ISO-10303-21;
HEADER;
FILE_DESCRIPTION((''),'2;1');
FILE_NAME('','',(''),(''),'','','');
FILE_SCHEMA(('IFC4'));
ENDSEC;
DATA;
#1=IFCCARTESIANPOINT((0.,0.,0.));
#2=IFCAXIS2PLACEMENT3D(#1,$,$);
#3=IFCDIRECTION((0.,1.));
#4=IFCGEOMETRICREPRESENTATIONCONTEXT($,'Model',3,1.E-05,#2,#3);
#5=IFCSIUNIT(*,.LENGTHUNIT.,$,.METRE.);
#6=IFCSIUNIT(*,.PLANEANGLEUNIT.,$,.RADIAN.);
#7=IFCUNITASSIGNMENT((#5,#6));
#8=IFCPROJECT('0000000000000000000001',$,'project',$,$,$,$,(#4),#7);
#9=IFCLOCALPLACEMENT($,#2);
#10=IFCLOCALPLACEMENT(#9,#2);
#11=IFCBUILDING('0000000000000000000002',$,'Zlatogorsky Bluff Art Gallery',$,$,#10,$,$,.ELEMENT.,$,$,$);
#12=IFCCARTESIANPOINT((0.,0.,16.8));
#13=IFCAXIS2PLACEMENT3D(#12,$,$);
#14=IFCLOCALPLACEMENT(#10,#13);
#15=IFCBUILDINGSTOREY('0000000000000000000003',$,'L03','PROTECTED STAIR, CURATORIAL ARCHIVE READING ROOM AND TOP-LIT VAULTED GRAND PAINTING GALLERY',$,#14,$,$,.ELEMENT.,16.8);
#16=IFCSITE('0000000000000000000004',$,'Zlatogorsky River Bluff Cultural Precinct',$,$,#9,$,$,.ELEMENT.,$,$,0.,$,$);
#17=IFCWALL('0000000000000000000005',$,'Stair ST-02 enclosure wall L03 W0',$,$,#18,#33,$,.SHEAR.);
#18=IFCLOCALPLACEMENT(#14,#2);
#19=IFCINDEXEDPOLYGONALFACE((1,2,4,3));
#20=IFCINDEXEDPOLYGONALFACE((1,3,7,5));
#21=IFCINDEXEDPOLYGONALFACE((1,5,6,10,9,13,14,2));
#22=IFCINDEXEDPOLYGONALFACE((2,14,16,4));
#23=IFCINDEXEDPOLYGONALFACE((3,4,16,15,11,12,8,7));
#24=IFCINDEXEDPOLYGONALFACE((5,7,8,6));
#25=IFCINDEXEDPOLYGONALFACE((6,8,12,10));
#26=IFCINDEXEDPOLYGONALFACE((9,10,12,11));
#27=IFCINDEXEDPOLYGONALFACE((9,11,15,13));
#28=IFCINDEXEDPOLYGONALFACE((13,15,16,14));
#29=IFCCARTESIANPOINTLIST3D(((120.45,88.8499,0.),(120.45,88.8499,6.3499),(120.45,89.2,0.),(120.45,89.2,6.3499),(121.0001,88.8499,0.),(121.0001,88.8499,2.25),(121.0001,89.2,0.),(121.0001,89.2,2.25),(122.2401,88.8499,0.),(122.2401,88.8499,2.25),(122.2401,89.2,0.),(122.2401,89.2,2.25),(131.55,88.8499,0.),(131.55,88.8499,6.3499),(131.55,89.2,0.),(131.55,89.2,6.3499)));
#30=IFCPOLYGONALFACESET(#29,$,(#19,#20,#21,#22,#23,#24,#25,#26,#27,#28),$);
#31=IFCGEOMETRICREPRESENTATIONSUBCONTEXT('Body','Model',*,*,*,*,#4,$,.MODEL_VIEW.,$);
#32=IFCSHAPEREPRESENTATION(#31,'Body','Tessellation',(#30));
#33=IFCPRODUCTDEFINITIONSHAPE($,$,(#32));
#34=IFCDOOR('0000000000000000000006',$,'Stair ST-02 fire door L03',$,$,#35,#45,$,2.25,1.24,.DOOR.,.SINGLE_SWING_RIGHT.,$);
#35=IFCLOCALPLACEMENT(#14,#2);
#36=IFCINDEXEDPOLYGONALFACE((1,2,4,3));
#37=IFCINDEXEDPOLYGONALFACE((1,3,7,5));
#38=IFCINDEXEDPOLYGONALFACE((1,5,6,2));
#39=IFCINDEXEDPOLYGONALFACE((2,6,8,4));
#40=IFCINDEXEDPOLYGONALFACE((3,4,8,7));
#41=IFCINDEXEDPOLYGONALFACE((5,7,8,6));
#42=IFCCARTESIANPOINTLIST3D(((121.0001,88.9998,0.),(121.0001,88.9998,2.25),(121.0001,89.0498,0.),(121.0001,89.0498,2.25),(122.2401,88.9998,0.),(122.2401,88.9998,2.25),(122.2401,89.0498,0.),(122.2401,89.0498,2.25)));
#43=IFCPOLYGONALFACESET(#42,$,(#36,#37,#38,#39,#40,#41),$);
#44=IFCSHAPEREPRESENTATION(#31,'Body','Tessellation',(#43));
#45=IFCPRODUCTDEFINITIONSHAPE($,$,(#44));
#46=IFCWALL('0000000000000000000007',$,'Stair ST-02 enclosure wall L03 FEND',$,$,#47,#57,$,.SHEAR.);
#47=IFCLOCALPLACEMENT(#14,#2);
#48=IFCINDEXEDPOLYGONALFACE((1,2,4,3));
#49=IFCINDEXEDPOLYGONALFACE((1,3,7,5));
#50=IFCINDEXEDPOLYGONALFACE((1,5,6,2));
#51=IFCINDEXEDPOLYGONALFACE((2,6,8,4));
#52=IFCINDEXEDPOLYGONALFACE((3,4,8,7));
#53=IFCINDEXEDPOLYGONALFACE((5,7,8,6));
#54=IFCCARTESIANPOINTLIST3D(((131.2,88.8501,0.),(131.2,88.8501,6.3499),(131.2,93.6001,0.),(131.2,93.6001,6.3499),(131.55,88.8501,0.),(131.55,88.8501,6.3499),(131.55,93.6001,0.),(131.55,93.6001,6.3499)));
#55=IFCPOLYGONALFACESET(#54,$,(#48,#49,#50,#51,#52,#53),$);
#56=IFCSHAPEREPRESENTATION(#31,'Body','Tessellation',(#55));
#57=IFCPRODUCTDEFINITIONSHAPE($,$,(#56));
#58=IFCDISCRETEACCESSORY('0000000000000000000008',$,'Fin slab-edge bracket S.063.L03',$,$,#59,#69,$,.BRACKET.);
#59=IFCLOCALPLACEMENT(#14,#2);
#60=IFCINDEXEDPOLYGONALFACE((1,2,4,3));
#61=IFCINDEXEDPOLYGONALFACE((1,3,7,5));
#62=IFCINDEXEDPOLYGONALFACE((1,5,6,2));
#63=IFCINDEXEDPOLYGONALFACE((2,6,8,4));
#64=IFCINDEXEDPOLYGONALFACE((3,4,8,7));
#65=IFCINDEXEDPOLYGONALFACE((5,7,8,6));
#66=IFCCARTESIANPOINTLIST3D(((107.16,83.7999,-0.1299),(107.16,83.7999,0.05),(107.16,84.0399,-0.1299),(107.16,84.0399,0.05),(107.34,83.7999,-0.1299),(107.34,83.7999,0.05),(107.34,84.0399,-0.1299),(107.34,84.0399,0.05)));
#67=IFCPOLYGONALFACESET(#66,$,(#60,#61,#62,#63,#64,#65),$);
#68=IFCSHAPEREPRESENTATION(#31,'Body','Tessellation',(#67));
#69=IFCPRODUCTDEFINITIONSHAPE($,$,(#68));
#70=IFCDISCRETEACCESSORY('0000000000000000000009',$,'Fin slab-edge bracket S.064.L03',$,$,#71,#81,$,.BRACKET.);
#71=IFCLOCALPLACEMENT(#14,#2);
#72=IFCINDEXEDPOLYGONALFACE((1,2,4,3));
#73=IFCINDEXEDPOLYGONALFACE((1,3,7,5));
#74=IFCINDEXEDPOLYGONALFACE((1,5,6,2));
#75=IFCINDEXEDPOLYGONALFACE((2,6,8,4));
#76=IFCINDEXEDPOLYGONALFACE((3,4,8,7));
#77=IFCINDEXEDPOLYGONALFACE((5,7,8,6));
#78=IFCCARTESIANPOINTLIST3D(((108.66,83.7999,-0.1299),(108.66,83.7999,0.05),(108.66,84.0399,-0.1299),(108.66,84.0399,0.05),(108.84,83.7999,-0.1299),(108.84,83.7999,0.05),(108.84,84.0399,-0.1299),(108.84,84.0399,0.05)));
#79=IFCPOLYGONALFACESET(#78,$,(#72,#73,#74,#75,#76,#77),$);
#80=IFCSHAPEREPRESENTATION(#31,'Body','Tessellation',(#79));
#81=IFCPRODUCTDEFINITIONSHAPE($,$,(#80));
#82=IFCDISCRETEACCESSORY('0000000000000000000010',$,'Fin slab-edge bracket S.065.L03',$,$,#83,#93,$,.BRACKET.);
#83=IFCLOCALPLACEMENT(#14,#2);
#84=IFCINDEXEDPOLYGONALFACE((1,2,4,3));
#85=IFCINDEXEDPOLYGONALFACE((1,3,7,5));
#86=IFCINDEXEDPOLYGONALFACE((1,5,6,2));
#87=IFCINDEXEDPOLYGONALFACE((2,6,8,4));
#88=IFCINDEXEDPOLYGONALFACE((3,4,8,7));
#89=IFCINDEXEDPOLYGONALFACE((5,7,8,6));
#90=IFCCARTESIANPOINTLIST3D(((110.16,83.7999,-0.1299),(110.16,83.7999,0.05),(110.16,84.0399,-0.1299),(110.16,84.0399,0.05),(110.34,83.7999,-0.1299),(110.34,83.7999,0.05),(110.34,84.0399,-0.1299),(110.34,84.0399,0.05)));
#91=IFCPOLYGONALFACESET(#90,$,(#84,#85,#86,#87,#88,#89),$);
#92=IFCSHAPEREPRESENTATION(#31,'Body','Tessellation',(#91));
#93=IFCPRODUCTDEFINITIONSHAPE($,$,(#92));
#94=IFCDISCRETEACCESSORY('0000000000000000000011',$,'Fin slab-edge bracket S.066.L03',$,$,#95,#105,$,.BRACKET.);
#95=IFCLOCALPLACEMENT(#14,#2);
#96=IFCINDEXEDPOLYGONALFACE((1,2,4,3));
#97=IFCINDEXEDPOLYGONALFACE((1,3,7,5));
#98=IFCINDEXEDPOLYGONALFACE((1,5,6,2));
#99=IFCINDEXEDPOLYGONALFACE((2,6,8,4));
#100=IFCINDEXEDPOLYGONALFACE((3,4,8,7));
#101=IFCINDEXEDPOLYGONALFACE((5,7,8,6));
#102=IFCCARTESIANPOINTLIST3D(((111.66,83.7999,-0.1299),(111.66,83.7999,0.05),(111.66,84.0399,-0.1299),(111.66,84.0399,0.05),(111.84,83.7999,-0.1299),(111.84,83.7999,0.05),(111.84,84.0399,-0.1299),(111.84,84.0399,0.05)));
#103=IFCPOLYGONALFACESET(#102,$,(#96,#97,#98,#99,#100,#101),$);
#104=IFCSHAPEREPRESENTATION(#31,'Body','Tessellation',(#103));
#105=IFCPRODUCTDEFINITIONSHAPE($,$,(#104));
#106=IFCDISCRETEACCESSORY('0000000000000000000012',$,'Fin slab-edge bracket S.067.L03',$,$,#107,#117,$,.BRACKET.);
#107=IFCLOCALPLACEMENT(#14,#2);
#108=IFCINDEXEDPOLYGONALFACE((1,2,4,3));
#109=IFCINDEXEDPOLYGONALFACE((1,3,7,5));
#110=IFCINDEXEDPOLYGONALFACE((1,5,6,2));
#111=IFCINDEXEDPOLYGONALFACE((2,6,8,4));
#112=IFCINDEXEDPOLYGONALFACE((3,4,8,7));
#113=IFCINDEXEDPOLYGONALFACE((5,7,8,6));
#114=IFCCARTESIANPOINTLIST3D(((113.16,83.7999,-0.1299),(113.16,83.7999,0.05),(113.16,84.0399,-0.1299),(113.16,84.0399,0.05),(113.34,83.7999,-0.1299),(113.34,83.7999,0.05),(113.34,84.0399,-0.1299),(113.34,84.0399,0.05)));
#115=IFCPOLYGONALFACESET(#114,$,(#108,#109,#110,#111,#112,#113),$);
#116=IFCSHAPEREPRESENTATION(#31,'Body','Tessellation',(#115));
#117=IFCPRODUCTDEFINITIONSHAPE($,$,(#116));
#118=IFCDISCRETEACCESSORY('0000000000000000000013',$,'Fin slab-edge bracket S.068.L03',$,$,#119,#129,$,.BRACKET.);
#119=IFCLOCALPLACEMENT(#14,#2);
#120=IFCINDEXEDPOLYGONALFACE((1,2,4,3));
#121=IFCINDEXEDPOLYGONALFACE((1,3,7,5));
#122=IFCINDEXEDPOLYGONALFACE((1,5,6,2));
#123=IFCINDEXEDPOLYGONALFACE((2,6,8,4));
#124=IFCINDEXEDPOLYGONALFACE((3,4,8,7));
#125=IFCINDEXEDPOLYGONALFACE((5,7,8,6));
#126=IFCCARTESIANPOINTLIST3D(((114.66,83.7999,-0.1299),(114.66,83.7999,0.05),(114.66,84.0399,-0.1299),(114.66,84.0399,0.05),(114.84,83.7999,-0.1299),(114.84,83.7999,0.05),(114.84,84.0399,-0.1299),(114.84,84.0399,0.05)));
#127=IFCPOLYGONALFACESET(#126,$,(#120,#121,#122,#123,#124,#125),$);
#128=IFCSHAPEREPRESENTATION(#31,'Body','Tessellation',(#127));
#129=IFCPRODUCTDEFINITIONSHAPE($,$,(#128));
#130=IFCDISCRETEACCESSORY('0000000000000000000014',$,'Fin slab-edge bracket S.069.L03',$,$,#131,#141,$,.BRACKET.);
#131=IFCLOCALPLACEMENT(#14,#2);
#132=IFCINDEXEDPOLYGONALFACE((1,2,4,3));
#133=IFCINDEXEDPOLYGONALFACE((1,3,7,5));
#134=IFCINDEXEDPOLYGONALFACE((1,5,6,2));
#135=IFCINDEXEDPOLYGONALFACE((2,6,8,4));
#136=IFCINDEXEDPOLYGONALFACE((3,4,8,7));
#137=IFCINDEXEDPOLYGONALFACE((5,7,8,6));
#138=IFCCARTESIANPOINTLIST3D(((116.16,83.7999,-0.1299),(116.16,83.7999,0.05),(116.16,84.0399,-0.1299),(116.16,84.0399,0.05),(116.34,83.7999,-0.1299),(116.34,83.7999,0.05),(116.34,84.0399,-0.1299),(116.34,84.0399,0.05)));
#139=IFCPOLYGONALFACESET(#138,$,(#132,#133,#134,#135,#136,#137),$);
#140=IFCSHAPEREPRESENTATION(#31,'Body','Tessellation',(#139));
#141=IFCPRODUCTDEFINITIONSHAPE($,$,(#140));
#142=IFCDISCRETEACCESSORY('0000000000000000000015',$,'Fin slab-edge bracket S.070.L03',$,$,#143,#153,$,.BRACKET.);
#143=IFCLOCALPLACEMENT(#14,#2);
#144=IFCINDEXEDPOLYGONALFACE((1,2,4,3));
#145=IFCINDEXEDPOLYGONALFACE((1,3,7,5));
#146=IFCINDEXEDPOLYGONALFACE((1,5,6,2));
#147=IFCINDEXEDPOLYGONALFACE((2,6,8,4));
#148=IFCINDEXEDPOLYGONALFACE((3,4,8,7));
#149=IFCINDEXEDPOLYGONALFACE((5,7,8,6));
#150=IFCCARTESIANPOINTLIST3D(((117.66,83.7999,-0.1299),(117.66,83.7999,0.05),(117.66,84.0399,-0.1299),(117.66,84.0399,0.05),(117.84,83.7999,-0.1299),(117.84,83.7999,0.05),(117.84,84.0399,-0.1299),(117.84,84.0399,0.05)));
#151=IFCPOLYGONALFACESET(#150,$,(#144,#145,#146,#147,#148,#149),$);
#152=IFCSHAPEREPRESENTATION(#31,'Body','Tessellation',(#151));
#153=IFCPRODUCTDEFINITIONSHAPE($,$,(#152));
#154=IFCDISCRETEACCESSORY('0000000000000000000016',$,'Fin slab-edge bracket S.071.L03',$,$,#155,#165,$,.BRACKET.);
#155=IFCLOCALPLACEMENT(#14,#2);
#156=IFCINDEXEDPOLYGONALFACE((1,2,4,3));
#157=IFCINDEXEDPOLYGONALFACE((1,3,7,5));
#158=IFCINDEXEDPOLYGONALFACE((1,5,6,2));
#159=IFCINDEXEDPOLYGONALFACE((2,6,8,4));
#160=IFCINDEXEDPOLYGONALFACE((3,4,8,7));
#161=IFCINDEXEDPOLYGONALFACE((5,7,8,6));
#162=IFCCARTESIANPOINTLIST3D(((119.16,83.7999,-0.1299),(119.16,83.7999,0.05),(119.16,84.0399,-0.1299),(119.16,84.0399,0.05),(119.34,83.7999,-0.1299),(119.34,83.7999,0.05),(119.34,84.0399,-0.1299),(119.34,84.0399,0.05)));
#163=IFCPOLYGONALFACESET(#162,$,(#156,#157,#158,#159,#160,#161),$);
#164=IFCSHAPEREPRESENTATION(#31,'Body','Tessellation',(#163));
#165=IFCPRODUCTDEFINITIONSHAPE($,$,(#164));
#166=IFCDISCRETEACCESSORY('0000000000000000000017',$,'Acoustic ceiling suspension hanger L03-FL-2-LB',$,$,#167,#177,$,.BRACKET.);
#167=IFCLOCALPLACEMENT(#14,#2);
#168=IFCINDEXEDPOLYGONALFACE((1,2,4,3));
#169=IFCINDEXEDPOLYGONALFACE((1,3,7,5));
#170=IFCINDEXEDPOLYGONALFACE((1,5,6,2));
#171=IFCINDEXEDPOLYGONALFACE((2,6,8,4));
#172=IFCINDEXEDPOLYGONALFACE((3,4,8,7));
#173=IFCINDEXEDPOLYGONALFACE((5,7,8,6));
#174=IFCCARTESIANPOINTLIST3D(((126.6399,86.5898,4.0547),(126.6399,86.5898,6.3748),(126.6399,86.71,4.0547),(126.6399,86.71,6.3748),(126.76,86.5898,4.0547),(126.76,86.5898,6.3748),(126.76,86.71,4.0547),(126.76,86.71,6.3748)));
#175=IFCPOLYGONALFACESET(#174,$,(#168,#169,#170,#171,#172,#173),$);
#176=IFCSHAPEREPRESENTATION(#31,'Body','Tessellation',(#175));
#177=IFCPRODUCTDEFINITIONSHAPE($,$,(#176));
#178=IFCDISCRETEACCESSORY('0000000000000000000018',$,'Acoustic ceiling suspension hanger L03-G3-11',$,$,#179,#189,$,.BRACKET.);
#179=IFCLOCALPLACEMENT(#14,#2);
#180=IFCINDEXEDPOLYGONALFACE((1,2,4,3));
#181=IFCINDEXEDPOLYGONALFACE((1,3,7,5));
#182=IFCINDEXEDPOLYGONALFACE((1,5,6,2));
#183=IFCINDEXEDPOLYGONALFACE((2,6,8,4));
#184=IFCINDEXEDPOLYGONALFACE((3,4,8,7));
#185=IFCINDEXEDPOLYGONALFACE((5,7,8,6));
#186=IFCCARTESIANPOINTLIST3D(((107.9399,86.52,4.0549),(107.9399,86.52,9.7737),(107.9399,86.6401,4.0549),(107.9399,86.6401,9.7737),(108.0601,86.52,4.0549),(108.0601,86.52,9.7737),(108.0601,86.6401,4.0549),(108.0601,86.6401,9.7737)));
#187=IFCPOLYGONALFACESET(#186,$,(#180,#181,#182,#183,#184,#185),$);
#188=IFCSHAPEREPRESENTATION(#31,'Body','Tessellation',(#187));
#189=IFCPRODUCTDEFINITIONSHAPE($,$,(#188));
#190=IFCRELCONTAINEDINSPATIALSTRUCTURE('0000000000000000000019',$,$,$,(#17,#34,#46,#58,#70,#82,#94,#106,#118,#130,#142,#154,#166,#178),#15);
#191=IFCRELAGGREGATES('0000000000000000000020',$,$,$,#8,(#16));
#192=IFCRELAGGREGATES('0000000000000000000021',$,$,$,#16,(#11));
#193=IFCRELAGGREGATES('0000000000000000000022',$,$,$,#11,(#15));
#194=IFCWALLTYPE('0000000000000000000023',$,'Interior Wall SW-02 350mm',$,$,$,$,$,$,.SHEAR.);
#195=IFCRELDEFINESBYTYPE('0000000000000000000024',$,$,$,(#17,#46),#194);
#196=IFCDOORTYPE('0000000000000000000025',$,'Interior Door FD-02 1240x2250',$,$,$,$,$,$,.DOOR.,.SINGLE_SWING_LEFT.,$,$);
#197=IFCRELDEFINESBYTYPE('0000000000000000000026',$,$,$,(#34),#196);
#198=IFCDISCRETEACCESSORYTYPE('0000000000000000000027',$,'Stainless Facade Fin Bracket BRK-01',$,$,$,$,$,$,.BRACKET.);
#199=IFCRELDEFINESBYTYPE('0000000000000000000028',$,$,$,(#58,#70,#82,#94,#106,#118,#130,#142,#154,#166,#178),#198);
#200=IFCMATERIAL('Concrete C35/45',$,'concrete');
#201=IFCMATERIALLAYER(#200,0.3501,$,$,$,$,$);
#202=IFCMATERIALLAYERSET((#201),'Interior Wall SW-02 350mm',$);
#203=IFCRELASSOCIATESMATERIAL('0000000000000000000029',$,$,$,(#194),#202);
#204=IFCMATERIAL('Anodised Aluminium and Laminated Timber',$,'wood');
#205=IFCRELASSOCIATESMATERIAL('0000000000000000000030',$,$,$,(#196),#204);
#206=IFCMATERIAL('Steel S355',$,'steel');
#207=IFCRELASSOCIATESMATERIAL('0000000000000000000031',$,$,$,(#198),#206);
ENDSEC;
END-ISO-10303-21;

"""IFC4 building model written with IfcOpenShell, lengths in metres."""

from ifc_helpers import new_model, si_unit, direction, frame, frame_2d, origin, origin_2d, place, context, subcontext, project, spatial, rectangle, extrude, material, layer, layer_set, type_object, element, fill, save


model = new_model("IFC4")

# Units and contexts
model_context = context("Model", 3, precision=1e-05, world=origin(), true_north=direction((0.0, 1.0)))
body_context = subcontext(model_context, "Body", "Model", "MODEL_VIEW")
ifc_project = project(units=[si_unit("LENGTHUNIT", "METRE"), si_unit("PLANEANGLEUNIT", "RADIAN")], contexts=[model_context])

# Site, building, storey
site_placement = place(None, origin())
site = spatial("IfcSite", under=ifc_project, at=site_placement, Name="Zlatogorsky River Bluff Cultural Precinct", CompositionType="ELEMENT", RefElevation=0.0)
building_placement = place(site_placement, origin())
building = spatial("IfcBuilding", under=site, at=building_placement, Name="Zlatogorsky Bluff Art Gallery", CompositionType="ELEMENT")
storey_placement = place(building_placement, frame((0.0, 0.0, 16.8)))
storey = spatial("IfcBuildingStorey", under=building, at=storey_placement, Name="L03", Description="PROTECTED STAIR, CURATORIAL ARCHIVE READING ROOM AND TOP-LIT VAULTED GRAND PAINTING GALLERY", CompositionType="ELEMENT", Elevation=16.8)

# Shared definitions
ifc_material_1 = material(Name="Steel S355", Category="steel")

# Shared definitions
ifc_material_2 = material(Name="Concrete C35/45", Category="concrete")

# Shared definitions
ifc_material_3 = material(Name="Anodised Aluminium and Laminated Timber", Category="wood")

# Wall, opening, door
ifc_layer_1 = layer(ifc_material_2, 0.3501)
ifc_layer_set_1 = layer_set([ifc_layer_1], Name="Interior Wall SW-02 350mm")
wall_type_1 = type_object("IfcWallType", Name="Interior Wall SW-02 350mm", PredefinedType="SHEAR", material=ifc_layer_set_1)
wall_1_placement = place(storey_placement, frame((120.45, 89.0249, 0.0), z_axis=(0.0, 0.0, 1.0), x_axis=(1.0, 0.0, 0.0)))
wall_1 = element("IfcWall", 1, at=wall_1_placement, inside=storey, type_object=wall_type_1, Name="Stair ST-02 enclosure wall L03 W0", PredefinedType="SHEAR", context=body_context, shape_type="SweptSolid", body=[
    extrude(rectangle(XDim=11.1001, YDim=0.3501, at=frame_2d((5.55, 0.0))), origin(), (0.0, 0.0, 1.0), 6.3499),
])
opening_1_placement = place(wall_1_placement, frame((0.55, 0.0, 0.0)))
opening_1 = element("IfcOpeningElement", 2, at=opening_1_placement, cuts=wall_1, PredefinedType="OPENING", context=body_context, shape_type="SweptSolid", body=[
    extrude(rectangle(XDim=1.24, YDim=2.25, at=frame_2d((0.6201, 1.125))), frame((0.0, 0.1851, 0.0), z_axis=(0.0, -1.0, 0.0), x_axis=(1.0, 0.0, 0.0)), (0.0, 0.0, 1.0), 0.3701),
])
door_type_1 = type_object("IfcDoorType", Name="Interior Door FD-02 1240x2250", OperationType="SINGLE_SWING_LEFT", PredefinedType="DOOR", material=ifc_material_3)
door_1_placement = place(opening_1_placement, origin())
door_1 = element("IfcDoor", 3, at=door_1_placement, inside=storey, type_object=door_type_1, Name="Stair ST-02 fire door L03", OperationType="SINGLE_SWING_RIGHT", OverallHeight=2.25, OverallWidth=1.24, PredefinedType="DOOR", context=body_context, shape_type="SweptSolid", body=[
    extrude(rectangle(XDim=1.24, YDim=2.25, at=frame_2d((0.6201, 1.125))), frame((0.0, 0.0249, 0.0), z_axis=(0.0, -1.0, 0.0), x_axis=(1.0, 0.0, 0.0)), (0.0, 0.0, 1.0), 0.05),
])
fill(opening_1, door_1)

# Wall
wall_2_placement = place(storey_placement, frame((131.375, 88.8501, 0.0), z_axis=(0.0, 0.0, 1.0), x_axis=(0.0, 1.0, 0.0)))
element("IfcWall", 4, at=wall_2_placement, inside=storey, type_object=wall_type_1, Name="Stair ST-02 enclosure wall L03 FEND", PredefinedType="SHEAR", context=body_context, shape_type="SweptSolid", body=[
    extrude(rectangle(XDim=4.75, YDim=0.3501, at=frame_2d((2.375, 0.0))), origin(), (0.0, 0.0, 1.0), 6.3499),
])

# Discrete accessories
discrete_accessory_type = type_object("IfcDiscreteAccessoryType", Name="Stainless Facade Fin Bracket BRK-01", PredefinedType="BRACKET", material=ifc_material_1)
for number, where, z_axis, x_axis, name in (
    (5, (107.25, 83.9199, -0.1299), (0.0, 0.0, 1.0), (1.0, 0.0, 0.0), "Fin slab-edge bracket S.063.L03"),
    (6, (108.75, 83.9199, -0.1299), (0.0, 0.0, 1.0), (1.0, 0.0, 0.0), "Fin slab-edge bracket S.064.L03"),
    (7, (110.25, 83.9199, -0.1299), (0.0, 0.0, 1.0), (1.0, 0.0, 0.0), "Fin slab-edge bracket S.065.L03"),
    (8, (111.75, 83.9199, -0.1299), (0.0, 0.0, 1.0), (1.0, 0.0, 0.0), "Fin slab-edge bracket S.066.L03"),
    (9, (113.25, 83.9199, -0.1299), (0.0, 0.0, 1.0), (1.0, 0.0, 0.0), "Fin slab-edge bracket S.067.L03"),
    (10, (114.75, 83.9199, -0.1299), (0.0, 0.0, 1.0), (1.0, 0.0, 0.0), "Fin slab-edge bracket S.068.L03"),
    (11, (116.25, 83.9199, -0.1299), (0.0, 0.0, 1.0), (1.0, 0.0, 0.0), "Fin slab-edge bracket S.069.L03"),
    (12, (117.75, 83.9199, -0.1299), (0.0, 0.0, 1.0), (1.0, 0.0, 0.0), "Fin slab-edge bracket S.070.L03"),
    (13, (119.25, 83.9199, -0.1299), (0.0, 0.0, 1.0), (1.0, 0.0, 0.0), "Fin slab-edge bracket S.071.L03"),
):
    element("IfcDiscreteAccessory", number, at=place(storey_placement, frame(where, z_axis=z_axis, x_axis=x_axis)), inside=storey, type_object=discrete_accessory_type, Name=name, PredefinedType="BRACKET", context=body_context, shape_type="SweptSolid", body=[
        extrude(rectangle(XDim=0.1799, YDim=0.24, at=origin_2d()), origin(), (0.0, 0.0, 1.0), 0.1799),
    ])
discrete_accessory_1_placement = place(storey_placement, frame((126.7, 86.6499, 4.0547), z_axis=(0.0, 0.0, 1.0), x_axis=(1.0, 0.0, 0.0)))
element("IfcDiscreteAccessory", 14, at=discrete_accessory_1_placement, inside=storey, type_object=discrete_accessory_type, Name="Acoustic ceiling suspension hanger L03-FL-2-LB", PredefinedType="BRACKET", context=body_context, shape_type="SweptSolid", body=[
    extrude(rectangle(XDim=0.1201, YDim=0.1201, at=origin_2d()), origin(), (0.0, 0.0, 1.0), 2.3201),
])
discrete_accessory_2_placement = place(storey_placement, frame((108.0, 86.5801, 4.0549), z_axis=(0.0, 0.0, 1.0), x_axis=(1.0, 0.0, 0.0)))
element("IfcDiscreteAccessory", 15, at=discrete_accessory_2_placement, inside=storey, type_object=discrete_accessory_type, Name="Acoustic ceiling suspension hanger L03-G3-11", PredefinedType="BRACKET", context=body_context, shape_type="SweptSolid", body=[
    extrude(rectangle(XDim=0.1201, YDim=0.1201, at=origin_2d()), origin(), (0.0, 0.0, 1.0), 5.7188),
])

save(model, "model.ifc")
